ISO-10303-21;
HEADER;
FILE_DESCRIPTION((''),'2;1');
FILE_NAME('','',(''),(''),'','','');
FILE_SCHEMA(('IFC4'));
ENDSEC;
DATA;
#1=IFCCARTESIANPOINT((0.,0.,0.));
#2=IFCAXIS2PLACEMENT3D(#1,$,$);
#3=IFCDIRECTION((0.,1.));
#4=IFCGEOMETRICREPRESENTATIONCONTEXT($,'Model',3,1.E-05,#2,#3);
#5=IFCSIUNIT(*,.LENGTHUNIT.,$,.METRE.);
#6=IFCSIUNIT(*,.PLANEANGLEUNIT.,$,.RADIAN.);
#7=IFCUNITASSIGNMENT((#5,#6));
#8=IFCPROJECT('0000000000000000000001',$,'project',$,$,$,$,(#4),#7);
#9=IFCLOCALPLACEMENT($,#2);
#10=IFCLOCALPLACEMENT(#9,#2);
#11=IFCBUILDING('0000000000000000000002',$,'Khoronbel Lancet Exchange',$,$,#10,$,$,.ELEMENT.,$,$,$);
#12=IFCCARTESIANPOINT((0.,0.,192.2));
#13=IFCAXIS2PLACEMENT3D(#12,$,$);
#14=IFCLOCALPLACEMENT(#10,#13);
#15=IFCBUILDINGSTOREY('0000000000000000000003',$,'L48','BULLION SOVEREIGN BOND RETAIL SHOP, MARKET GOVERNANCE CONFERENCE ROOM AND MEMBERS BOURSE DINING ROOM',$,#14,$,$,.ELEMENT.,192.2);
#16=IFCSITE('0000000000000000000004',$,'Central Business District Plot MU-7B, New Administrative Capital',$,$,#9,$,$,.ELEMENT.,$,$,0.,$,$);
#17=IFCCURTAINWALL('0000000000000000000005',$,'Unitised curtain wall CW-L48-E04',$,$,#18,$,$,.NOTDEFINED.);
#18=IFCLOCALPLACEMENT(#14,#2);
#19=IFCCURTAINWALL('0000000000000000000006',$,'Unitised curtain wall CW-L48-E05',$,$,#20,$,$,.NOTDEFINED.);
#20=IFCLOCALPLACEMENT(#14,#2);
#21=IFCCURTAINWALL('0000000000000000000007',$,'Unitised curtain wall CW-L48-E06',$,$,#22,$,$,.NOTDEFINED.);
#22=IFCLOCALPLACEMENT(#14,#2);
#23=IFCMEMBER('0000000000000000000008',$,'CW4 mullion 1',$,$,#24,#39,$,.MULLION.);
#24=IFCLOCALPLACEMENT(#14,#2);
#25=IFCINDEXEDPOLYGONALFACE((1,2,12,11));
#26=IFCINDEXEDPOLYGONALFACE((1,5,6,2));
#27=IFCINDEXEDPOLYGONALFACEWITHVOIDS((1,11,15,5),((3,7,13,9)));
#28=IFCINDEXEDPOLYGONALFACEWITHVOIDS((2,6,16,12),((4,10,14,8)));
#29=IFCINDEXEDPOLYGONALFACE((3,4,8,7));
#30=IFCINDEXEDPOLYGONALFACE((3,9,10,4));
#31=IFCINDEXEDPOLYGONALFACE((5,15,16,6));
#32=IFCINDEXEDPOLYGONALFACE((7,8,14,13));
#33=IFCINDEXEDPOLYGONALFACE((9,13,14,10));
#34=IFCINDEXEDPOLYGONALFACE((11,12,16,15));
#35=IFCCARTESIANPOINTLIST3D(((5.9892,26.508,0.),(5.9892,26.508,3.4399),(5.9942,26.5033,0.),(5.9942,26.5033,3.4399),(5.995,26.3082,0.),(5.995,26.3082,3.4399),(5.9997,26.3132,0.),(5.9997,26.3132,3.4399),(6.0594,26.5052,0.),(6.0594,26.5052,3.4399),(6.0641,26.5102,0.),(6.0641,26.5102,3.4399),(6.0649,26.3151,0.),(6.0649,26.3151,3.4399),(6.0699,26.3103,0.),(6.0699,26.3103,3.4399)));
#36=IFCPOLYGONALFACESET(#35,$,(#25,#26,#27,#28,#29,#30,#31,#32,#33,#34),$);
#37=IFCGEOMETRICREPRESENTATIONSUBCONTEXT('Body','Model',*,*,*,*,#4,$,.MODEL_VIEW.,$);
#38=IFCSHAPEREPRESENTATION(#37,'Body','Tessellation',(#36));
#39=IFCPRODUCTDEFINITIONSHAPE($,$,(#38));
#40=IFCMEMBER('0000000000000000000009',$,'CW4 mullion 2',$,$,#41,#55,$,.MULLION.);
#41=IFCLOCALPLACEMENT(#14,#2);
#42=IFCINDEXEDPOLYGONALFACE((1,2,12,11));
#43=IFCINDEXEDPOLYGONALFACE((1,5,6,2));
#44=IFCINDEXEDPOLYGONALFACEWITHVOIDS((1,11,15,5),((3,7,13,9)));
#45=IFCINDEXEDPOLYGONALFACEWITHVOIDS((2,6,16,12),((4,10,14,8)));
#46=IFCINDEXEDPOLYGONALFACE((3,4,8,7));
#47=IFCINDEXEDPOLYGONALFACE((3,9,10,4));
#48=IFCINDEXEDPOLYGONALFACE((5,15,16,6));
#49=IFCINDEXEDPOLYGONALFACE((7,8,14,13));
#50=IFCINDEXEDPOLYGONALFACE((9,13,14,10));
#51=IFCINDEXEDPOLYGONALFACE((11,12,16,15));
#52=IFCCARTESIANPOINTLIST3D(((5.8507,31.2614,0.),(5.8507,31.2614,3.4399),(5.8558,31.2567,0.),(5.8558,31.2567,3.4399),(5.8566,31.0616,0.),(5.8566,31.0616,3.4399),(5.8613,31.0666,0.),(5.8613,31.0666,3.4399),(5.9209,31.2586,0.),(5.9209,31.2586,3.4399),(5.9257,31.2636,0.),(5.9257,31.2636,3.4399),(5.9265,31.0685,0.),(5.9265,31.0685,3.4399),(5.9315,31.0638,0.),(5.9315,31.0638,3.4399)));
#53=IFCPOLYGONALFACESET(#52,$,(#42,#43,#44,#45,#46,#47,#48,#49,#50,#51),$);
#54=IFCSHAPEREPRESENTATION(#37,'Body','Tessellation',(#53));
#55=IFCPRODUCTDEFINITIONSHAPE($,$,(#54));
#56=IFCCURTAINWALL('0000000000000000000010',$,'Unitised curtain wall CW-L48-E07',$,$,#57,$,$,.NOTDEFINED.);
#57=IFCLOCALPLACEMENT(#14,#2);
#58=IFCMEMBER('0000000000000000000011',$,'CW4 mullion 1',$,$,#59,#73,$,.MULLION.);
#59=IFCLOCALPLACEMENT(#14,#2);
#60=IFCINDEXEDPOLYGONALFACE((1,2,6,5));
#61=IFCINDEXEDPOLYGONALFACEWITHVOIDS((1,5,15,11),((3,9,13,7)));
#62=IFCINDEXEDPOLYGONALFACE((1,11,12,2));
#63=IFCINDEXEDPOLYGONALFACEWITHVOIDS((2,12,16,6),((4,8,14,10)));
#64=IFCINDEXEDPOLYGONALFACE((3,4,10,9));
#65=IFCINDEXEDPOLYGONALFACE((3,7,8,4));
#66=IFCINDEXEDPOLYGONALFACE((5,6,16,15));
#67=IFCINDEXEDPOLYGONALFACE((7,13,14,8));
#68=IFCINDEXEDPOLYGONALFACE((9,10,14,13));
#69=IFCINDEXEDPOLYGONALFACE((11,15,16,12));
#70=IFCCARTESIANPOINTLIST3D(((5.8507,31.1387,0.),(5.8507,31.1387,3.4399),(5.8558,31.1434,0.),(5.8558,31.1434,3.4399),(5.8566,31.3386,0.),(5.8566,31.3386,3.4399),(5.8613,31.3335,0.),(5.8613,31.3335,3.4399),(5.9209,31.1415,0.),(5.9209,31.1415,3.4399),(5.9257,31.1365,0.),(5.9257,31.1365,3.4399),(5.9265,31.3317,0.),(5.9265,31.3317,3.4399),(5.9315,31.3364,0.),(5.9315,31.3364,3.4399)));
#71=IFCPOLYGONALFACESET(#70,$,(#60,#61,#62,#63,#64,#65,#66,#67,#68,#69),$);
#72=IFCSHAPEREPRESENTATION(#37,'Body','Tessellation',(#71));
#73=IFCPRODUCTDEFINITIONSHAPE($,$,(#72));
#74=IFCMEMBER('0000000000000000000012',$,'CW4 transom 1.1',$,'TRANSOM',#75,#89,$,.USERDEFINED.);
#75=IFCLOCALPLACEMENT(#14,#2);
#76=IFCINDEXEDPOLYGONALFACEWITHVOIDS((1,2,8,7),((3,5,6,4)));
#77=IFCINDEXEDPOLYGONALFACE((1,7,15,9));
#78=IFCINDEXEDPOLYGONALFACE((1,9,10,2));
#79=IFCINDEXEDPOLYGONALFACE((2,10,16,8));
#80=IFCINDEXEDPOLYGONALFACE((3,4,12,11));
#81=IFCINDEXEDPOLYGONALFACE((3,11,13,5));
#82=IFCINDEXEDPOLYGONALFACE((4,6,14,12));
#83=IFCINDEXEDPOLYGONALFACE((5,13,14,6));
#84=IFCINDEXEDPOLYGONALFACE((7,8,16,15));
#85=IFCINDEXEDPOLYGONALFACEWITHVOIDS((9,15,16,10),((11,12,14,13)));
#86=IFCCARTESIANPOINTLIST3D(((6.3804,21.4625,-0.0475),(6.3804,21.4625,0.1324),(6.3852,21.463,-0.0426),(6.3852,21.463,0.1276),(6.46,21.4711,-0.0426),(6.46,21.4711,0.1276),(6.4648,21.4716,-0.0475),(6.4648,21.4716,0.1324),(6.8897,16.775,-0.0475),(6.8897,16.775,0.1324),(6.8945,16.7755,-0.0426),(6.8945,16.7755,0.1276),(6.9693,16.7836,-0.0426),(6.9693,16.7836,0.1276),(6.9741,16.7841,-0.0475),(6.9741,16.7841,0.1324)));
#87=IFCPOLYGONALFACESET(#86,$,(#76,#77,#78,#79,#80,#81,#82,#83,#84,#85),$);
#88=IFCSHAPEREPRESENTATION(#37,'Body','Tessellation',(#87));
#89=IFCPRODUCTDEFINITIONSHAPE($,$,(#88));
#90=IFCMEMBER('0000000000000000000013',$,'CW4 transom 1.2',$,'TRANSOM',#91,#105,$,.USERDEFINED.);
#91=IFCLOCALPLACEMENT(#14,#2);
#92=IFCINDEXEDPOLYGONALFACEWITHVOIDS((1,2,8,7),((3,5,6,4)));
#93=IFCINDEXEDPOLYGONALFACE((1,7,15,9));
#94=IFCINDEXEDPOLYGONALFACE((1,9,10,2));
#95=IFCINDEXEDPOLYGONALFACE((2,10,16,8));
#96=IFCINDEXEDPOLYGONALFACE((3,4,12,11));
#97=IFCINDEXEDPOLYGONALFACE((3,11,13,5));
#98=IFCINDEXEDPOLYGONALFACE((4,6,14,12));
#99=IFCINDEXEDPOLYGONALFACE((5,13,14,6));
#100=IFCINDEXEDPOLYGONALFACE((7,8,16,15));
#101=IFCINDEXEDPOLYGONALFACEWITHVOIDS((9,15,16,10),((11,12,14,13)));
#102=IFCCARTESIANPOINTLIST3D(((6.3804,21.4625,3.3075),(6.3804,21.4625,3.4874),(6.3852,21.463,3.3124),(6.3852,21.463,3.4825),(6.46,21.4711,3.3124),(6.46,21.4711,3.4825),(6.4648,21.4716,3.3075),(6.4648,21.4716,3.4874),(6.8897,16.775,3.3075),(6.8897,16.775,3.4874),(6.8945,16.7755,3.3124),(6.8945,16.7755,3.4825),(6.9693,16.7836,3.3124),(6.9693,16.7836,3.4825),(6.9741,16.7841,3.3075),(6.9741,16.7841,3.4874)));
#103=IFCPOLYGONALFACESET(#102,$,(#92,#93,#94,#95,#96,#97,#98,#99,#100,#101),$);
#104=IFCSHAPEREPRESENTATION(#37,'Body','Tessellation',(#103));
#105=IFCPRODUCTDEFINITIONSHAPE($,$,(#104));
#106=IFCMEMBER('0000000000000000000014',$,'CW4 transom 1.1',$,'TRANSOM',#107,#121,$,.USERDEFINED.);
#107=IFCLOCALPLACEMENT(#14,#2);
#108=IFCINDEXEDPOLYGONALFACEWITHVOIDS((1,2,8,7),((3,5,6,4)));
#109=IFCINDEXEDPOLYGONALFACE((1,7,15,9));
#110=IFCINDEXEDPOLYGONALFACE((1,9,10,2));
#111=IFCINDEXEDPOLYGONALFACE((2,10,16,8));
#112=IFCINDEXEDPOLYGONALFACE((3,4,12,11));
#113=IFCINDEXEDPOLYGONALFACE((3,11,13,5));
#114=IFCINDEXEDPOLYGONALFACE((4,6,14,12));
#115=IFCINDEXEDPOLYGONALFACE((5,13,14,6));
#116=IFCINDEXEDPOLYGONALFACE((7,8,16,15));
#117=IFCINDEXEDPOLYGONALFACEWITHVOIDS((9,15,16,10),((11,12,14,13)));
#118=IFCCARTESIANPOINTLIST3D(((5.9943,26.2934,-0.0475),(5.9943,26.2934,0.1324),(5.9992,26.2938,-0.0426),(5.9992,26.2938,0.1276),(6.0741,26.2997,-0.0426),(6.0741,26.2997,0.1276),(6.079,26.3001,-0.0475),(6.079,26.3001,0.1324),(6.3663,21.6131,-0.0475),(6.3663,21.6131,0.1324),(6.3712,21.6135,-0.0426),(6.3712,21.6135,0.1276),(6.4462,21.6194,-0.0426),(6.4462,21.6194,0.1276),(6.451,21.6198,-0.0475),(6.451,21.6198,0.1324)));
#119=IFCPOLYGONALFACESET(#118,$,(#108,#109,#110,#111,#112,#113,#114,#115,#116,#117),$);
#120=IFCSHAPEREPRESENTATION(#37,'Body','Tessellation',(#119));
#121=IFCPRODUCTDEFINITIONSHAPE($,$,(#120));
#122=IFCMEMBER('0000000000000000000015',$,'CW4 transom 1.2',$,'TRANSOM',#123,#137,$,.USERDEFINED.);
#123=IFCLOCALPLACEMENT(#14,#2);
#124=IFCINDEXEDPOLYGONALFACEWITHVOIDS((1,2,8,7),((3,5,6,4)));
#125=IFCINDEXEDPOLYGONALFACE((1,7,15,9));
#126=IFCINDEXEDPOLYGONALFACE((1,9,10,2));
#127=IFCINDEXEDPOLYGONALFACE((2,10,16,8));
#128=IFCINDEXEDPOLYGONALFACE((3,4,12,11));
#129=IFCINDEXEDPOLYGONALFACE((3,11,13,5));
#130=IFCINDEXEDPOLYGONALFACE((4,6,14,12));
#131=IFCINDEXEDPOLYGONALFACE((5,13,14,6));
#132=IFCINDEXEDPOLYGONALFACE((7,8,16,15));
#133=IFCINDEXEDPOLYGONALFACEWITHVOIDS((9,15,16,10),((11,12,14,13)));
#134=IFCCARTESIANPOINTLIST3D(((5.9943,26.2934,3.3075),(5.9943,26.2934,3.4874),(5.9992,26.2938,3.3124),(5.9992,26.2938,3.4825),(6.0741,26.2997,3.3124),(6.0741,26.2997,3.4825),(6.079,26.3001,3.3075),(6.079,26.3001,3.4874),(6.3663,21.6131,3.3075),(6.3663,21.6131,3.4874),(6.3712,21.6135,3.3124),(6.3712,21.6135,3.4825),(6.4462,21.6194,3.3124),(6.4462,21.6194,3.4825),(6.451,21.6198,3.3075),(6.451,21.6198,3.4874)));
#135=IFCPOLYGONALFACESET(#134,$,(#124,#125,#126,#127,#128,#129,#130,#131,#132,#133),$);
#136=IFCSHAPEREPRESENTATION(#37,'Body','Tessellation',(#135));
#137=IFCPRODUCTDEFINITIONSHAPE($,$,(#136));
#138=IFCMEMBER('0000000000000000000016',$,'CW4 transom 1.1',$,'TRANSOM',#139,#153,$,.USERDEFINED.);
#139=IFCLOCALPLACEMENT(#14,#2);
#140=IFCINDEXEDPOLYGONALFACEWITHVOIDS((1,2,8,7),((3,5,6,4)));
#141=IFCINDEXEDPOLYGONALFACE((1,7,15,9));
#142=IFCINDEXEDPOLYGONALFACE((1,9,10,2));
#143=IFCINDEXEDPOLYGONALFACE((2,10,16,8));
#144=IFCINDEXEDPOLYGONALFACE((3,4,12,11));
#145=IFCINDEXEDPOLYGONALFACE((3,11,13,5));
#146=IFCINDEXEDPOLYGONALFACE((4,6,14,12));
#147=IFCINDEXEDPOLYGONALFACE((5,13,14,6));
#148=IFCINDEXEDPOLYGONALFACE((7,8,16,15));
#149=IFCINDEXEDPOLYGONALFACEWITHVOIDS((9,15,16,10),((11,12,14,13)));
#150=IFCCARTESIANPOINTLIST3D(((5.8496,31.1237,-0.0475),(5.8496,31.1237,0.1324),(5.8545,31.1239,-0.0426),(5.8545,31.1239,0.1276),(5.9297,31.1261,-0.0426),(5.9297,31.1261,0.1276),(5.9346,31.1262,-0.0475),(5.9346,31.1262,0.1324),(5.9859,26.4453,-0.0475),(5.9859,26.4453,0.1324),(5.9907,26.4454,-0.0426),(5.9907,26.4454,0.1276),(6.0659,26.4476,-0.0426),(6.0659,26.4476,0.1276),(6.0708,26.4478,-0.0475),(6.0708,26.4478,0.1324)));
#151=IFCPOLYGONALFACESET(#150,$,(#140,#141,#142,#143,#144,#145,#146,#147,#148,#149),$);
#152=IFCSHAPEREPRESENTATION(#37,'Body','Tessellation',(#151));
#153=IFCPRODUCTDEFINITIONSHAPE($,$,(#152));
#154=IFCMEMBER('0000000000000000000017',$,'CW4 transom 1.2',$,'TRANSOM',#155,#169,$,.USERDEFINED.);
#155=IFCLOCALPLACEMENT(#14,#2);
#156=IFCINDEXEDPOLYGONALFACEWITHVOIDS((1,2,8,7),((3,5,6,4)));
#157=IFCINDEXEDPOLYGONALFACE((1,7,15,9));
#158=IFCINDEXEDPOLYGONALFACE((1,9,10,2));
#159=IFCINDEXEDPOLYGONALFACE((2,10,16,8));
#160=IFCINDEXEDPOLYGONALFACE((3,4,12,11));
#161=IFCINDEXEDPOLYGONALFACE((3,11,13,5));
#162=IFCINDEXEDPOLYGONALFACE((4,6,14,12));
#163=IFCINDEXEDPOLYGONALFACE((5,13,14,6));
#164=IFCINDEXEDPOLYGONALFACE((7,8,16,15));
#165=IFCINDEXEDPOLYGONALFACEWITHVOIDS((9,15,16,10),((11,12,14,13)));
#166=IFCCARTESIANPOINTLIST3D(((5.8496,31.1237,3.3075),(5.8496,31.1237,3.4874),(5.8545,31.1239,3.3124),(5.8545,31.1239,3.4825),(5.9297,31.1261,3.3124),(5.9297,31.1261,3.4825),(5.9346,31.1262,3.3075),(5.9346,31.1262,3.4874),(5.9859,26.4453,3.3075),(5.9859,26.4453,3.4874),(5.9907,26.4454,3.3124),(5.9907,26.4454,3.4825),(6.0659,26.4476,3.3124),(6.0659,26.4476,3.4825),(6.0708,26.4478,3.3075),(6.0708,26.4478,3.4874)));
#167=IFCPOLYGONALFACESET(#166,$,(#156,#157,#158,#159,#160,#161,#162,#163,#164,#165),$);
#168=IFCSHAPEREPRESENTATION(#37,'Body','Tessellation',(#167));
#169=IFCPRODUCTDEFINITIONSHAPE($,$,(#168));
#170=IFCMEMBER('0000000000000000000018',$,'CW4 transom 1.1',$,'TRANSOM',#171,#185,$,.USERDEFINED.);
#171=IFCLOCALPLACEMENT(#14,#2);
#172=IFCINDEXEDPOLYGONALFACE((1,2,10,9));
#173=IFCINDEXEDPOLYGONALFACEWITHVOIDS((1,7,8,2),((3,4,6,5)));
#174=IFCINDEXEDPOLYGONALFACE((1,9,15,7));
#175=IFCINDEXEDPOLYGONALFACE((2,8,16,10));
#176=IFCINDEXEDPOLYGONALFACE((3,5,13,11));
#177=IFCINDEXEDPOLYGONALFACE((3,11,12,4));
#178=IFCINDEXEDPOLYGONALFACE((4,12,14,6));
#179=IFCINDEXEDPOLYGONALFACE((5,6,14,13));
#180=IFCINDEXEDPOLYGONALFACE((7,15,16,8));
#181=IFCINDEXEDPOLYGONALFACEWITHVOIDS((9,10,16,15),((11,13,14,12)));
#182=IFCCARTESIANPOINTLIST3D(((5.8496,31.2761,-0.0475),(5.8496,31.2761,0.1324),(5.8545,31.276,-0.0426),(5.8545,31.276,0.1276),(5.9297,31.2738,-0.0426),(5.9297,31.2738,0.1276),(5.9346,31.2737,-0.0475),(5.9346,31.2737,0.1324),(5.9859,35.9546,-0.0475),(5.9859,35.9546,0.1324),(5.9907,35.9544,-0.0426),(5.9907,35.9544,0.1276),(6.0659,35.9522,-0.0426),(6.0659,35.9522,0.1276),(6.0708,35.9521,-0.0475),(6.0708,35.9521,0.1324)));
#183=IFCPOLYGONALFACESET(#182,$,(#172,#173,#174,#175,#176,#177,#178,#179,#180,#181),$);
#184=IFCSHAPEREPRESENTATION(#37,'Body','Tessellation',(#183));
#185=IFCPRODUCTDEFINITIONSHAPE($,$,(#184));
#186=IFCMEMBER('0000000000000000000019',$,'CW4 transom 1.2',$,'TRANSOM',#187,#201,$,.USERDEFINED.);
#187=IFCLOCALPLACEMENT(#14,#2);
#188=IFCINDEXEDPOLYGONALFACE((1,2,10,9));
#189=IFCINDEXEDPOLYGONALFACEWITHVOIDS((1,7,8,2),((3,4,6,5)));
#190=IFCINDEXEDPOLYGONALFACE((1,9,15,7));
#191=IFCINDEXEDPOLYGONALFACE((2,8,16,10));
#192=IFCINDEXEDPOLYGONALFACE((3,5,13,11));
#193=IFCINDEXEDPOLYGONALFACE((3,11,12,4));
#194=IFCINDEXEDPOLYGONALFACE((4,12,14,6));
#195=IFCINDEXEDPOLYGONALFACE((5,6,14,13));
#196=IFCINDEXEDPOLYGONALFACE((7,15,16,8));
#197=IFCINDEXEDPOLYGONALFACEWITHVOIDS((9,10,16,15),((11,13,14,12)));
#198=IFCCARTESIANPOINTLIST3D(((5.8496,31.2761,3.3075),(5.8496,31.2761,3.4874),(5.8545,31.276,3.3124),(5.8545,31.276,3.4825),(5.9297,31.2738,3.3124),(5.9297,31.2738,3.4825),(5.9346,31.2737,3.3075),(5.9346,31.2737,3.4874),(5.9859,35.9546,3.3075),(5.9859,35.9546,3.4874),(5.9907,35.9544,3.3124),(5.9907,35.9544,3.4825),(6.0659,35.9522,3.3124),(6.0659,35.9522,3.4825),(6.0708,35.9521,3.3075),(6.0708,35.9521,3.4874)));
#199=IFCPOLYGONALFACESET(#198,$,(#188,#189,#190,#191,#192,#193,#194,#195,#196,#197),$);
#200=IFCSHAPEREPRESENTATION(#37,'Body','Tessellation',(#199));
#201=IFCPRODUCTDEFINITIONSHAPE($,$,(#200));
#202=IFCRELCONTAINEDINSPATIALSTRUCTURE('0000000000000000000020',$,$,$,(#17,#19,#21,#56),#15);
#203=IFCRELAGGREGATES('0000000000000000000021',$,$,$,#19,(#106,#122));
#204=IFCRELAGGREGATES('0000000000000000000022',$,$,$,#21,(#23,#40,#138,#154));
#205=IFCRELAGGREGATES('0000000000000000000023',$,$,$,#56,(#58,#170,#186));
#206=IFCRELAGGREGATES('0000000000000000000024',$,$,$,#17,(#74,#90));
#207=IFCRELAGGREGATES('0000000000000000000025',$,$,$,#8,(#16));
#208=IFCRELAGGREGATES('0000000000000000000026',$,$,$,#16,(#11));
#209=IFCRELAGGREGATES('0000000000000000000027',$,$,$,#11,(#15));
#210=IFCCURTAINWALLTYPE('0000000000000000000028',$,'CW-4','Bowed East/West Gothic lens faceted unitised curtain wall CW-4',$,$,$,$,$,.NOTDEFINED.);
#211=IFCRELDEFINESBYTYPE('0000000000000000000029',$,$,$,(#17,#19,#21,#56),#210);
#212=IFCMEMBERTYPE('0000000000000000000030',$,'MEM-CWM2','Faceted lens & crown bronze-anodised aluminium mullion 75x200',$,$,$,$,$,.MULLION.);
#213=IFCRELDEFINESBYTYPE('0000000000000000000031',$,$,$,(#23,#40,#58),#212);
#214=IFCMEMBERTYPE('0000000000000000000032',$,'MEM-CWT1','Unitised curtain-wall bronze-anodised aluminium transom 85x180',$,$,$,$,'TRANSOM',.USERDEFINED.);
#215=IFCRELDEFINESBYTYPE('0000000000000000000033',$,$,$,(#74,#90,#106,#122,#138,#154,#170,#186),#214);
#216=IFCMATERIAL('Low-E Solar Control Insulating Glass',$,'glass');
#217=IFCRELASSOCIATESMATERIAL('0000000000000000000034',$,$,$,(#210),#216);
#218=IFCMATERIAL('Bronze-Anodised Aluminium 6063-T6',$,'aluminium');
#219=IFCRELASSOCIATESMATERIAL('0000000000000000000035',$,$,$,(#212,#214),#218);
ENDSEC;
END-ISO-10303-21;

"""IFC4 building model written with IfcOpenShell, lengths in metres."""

from ifc_helpers import new_model, si_unit, direction, frame, origin, origin_2d, place, context, subcontext, project, spatial, hollow_rectangle, extrude, material, material_profile, profile_set, type_object, element, aggregate, save


model = new_model("IFC4")

# Units and contexts
model_context = context("Model", 3, precision=1e-05, world=origin(), true_north=direction((0.0, 1.0)))
body_context = subcontext(model_context, "Body", "Model", "MODEL_VIEW")
ifc_project = project(units=[si_unit("LENGTHUNIT", "METRE"), si_unit("PLANEANGLEUNIT", "RADIAN")], contexts=[model_context])

# Site, building, storey
site_placement = place(None, origin())
site = spatial("IfcSite", under=ifc_project, at=site_placement, Name="Central Business District Plot MU-7B, New Administrative Capital", CompositionType="ELEMENT", RefElevation=0.0)
building_placement = place(site_placement, origin())
building = spatial("IfcBuilding", under=site, at=building_placement, Name="Khoronbel Lancet Exchange", CompositionType="ELEMENT")
storey_placement = place(building_placement, frame((0.0, 0.0, 192.2)))
storey = spatial("IfcBuildingStorey", under=building, at=storey_placement, Name="L48", Description="BULLION SOVEREIGN BOND RETAIL SHOP, MARKET GOVERNANCE CONFERENCE ROOM AND MEMBERS BOURSE DINING ROOM", CompositionType="ELEMENT", Elevation=192.2)

# Curtain walls, members
ifc_material_1 = material(Name="Low-E Solar Control Insulating Glass", Category="glass")
curtain_wall_type = type_object("IfcCurtainWallType", Name="CW-4", Description="Bowed East/West Gothic lens faceted unitised curtain wall CW-4", PredefinedType="NOTDEFINED", material=ifc_material_1)
curtain_wall_1_placement = place(storey_placement, origin())
curtain_wall_1 = element("IfcCurtainWall", 1, at=curtain_wall_1_placement, inside=storey, type_object=curtain_wall_type, Name="Unitised curtain wall CW-L48-E04", PredefinedType="NOTDEFINED")
ifc_material_2 = material(Name="Bronze-Anodised Aluminium 6063-T6", Category="aluminium")
ifc_material_profile_1 = material_profile(ifc_material_2, hollow_rectangle(XDim=0.075, YDim=0.2, WallThickness=0.0049, at=origin_2d()), Name="ALU MULLION 75x200")
ifc_profile_set_1 = profile_set([ifc_material_profile_1], Name="Bronze-Anodised Aluminium 6063-T6")
member_type_1 = type_object("IfcMemberType", Name="MEM-CWM2", Description="Faceted lens & crown bronze-anodised aluminium mullion 75x200", PredefinedType="MULLION", material=ifc_profile_set_1)
curtain_wall_2_placement = place(storey_placement, origin())
curtain_wall_2 = element("IfcCurtainWall", 2, at=curtain_wall_2_placement, inside=storey, type_object=curtain_wall_type, Name="Unitised curtain wall CW-L48-E05", PredefinedType="NOTDEFINED")
curtain_wall_3_placement = place(storey_placement, origin())
curtain_wall_3 = element("IfcCurtainWall", 3, at=curtain_wall_3_placement, inside=storey, type_object=curtain_wall_type, Name="Unitised curtain wall CW-L48-E06", PredefinedType="NOTDEFINED")
member_1_placement = place(storey_placement, frame((6.0295, 26.4092, 0.0), z_axis=(0.0, 0.0, 1.0), x_axis=(-0.999576, -0.029107, 0.0)))
member_1 = element("IfcMember", 4, at=member_1_placement, type_object=member_type_1, Name="CW4 mullion 1", PredefinedType="MULLION", context=body_context, shape_type="SweptSolid", body=[
    extrude(hollow_rectangle(XDim=0.075, YDim=0.2, WallThickness=0.0049, at=origin_2d()), origin(), (0.0, 0.0, 1.0), 3.4399),
])
member_2_placement = place(storey_placement, frame((5.8911, 31.1626, 0.0), z_axis=(0.0, 0.0, 1.0), x_axis=(-0.999576, -0.029107, 0.0)))
member_2 = element("IfcMember", 5, at=member_2_placement, type_object=member_type_1, Name="CW4 mullion 2", PredefinedType="MULLION", context=body_context, shape_type="SweptSolid", body=[
    extrude(hollow_rectangle(XDim=0.075, YDim=0.2, WallThickness=0.0049, at=origin_2d()), origin(), (0.0, 0.0, 1.0), 3.4399),
])

# Curtain wall, member
curtain_wall_4_placement = place(storey_placement, origin())
curtain_wall_4 = element("IfcCurtainWall", 6, at=curtain_wall_4_placement, inside=storey, type_object=curtain_wall_type, Name="Unitised curtain wall CW-L48-E07", PredefinedType="NOTDEFINED")
member_3_placement = place(storey_placement, frame((5.8911, 31.2375, 0.0), z_axis=(0.0, 0.0, 1.0), x_axis=(-0.999576, 0.029107, 0.0)))
member_3 = element("IfcMember", 7, at=member_3_placement, type_object=member_type_1, Name="CW4 mullion 1", PredefinedType="MULLION", context=body_context, shape_type="SweptSolid", body=[
    extrude(hollow_rectangle(XDim=0.075, YDim=0.2, WallThickness=0.0049, at=origin_2d()), origin(), (0.0, 0.0, 1.0), 3.4399),
])

# Members
ifc_material_profile_2 = material_profile(ifc_material_2, hollow_rectangle(XDim=0.085, YDim=0.1799, WallThickness=0.0049, at=origin_2d()), Name="ALU TRANSOM 85x180")
ifc_profile_set_2 = profile_set([ifc_material_profile_2], Name="Bronze-Anodised Aluminium 6063-T6")
member_type_2 = type_object("IfcMemberType", Name="MEM-CWT1", Description="Unitised curtain-wall bronze-anodised aluminium transom 85x180", ElementType="TRANSOM", PredefinedType="USERDEFINED", material=ifc_profile_set_2)
member_4_placement = place(storey_placement, frame((6.9319, 16.7795, 0.0425), z_axis=(-0.10801, 0.99415, 0.0), x_axis=(-0.99415, -0.10801, 0.0)))
member_4 = element("IfcMember", 8, at=member_4_placement, type_object=member_type_2, Name="CW4 transom 1.1", ObjectType="TRANSOM", PredefinedType="USERDEFINED", context=body_context, shape_type="SweptSolid", body=[
    extrude(hollow_rectangle(XDim=0.085, YDim=0.1799, WallThickness=0.0049, at=origin_2d()), origin(), (0.0, 0.0, 1.0), 4.7151),
])
member_5_placement = place(storey_placement, frame((6.9319, 16.7795, 3.3975), z_axis=(-0.10801, 0.99415, 0.0), x_axis=(-0.99415, -0.10801, 0.0)))
member_5 = element("IfcMember", 9, at=member_5_placement, type_object=member_type_2, Name="CW4 transom 1.2", ObjectType="TRANSOM", PredefinedType="USERDEFINED", context=body_context, shape_type="SweptSolid", body=[
    extrude(hollow_rectangle(XDim=0.085, YDim=0.1799, WallThickness=0.0049, at=origin_2d()), origin(), (0.0, 0.0, 1.0), 4.7151),
])
member_6_placement = place(storey_placement, frame((6.4087, 21.6165, 0.0425), z_axis=(-0.079245, 0.996855, 0.0), x_axis=(-0.996855, -0.079245, 0.0)))
member_6 = element("IfcMember", 10, at=member_6_placement, type_object=member_type_2, Name="CW4 transom 1.1", ObjectType="TRANSOM", PredefinedType="USERDEFINED", context=body_context, shape_type="SweptSolid", body=[
    extrude(hollow_rectangle(XDim=0.085, YDim=0.1799, WallThickness=0.0049, at=origin_2d()), origin(), (0.0, 0.0, 1.0), 4.6951),
])
member_7_placement = place(storey_placement, frame((6.4087, 21.6165, 3.3975), z_axis=(-0.079245, 0.996855, 0.0), x_axis=(-0.996855, -0.079245, 0.0)))
member_7 = element("IfcMember", 11, at=member_7_placement, type_object=member_type_2, Name="CW4 transom 1.2", ObjectType="TRANSOM", PredefinedType="USERDEFINED", context=body_context, shape_type="SweptSolid", body=[
    extrude(hollow_rectangle(XDim=0.085, YDim=0.1799, WallThickness=0.0049, at=origin_2d()), origin(), (0.0, 0.0, 1.0), 4.6951),
])
member_8_placement = place(storey_placement, frame((6.0283, 26.4465, 0.0425), z_axis=(-0.029106, 0.999576, 0.0), x_axis=(-0.999576, -0.029106, 0.0)))
member_8 = element("IfcMember", 12, at=member_8_placement, type_object=member_type_2, Name="CW4 transom 1.1", ObjectType="TRANSOM", PredefinedType="USERDEFINED", context=body_context, shape_type="SweptSolid", body=[
    extrude(hollow_rectangle(XDim=0.085, YDim=0.1799, WallThickness=0.0049, at=origin_2d()), origin(), (0.0, 0.0, 1.0), 4.6804),
])
member_9_placement = place(storey_placement, frame((6.0283, 26.4465, 3.3975), z_axis=(-0.029106, 0.999576, 0.0), x_axis=(-0.999576, -0.029106, 0.0)))
member_9 = element("IfcMember", 13, at=member_9_placement, type_object=member_type_2, Name="CW4 transom 1.2", ObjectType="TRANSOM", PredefinedType="USERDEFINED", context=body_context, shape_type="SweptSolid", body=[
    extrude(hollow_rectangle(XDim=0.085, YDim=0.1799, WallThickness=0.0049, at=origin_2d()), origin(), (0.0, 0.0, 1.0), 4.6804),
])
member_10_placement = place(storey_placement, frame((5.8921, 31.2749, 0.0425), z_axis=(0.029106, 0.999576, 0.0), x_axis=(-0.999576, 0.029106, 0.0)))
member_10 = element("IfcMember", 14, at=member_10_placement, type_object=member_type_2, Name="CW4 transom 1.1", ObjectType="TRANSOM", PredefinedType="USERDEFINED", context=body_context, shape_type="SweptSolid", body=[
    extrude(hollow_rectangle(XDim=0.085, YDim=0.1799, WallThickness=0.0049, at=origin_2d()), origin(), (0.0, 0.0, 1.0), 4.6804),
])
member_11_placement = place(storey_placement, frame((5.8921, 31.2749, 3.3975), z_axis=(0.029106, 0.999576, 0.0), x_axis=(-0.999576, 0.029106, 0.0)))
member_11 = element("IfcMember", 15, at=member_11_placement, type_object=member_type_2, Name="CW4 transom 1.2", ObjectType="TRANSOM", PredefinedType="USERDEFINED", context=body_context, shape_type="SweptSolid", body=[
    extrude(hollow_rectangle(XDim=0.085, YDim=0.1799, WallThickness=0.0049, at=origin_2d()), origin(), (0.0, 0.0, 1.0), 4.6804),
])

aggregate(curtain_wall_2, [member_6, member_7])
aggregate(curtain_wall_3, [member_1, member_2, member_8, member_9])
aggregate(curtain_wall_4, [member_3, member_10, member_11])
aggregate(curtain_wall_1, [member_4, member_5])

save(model, "model.ifc")
